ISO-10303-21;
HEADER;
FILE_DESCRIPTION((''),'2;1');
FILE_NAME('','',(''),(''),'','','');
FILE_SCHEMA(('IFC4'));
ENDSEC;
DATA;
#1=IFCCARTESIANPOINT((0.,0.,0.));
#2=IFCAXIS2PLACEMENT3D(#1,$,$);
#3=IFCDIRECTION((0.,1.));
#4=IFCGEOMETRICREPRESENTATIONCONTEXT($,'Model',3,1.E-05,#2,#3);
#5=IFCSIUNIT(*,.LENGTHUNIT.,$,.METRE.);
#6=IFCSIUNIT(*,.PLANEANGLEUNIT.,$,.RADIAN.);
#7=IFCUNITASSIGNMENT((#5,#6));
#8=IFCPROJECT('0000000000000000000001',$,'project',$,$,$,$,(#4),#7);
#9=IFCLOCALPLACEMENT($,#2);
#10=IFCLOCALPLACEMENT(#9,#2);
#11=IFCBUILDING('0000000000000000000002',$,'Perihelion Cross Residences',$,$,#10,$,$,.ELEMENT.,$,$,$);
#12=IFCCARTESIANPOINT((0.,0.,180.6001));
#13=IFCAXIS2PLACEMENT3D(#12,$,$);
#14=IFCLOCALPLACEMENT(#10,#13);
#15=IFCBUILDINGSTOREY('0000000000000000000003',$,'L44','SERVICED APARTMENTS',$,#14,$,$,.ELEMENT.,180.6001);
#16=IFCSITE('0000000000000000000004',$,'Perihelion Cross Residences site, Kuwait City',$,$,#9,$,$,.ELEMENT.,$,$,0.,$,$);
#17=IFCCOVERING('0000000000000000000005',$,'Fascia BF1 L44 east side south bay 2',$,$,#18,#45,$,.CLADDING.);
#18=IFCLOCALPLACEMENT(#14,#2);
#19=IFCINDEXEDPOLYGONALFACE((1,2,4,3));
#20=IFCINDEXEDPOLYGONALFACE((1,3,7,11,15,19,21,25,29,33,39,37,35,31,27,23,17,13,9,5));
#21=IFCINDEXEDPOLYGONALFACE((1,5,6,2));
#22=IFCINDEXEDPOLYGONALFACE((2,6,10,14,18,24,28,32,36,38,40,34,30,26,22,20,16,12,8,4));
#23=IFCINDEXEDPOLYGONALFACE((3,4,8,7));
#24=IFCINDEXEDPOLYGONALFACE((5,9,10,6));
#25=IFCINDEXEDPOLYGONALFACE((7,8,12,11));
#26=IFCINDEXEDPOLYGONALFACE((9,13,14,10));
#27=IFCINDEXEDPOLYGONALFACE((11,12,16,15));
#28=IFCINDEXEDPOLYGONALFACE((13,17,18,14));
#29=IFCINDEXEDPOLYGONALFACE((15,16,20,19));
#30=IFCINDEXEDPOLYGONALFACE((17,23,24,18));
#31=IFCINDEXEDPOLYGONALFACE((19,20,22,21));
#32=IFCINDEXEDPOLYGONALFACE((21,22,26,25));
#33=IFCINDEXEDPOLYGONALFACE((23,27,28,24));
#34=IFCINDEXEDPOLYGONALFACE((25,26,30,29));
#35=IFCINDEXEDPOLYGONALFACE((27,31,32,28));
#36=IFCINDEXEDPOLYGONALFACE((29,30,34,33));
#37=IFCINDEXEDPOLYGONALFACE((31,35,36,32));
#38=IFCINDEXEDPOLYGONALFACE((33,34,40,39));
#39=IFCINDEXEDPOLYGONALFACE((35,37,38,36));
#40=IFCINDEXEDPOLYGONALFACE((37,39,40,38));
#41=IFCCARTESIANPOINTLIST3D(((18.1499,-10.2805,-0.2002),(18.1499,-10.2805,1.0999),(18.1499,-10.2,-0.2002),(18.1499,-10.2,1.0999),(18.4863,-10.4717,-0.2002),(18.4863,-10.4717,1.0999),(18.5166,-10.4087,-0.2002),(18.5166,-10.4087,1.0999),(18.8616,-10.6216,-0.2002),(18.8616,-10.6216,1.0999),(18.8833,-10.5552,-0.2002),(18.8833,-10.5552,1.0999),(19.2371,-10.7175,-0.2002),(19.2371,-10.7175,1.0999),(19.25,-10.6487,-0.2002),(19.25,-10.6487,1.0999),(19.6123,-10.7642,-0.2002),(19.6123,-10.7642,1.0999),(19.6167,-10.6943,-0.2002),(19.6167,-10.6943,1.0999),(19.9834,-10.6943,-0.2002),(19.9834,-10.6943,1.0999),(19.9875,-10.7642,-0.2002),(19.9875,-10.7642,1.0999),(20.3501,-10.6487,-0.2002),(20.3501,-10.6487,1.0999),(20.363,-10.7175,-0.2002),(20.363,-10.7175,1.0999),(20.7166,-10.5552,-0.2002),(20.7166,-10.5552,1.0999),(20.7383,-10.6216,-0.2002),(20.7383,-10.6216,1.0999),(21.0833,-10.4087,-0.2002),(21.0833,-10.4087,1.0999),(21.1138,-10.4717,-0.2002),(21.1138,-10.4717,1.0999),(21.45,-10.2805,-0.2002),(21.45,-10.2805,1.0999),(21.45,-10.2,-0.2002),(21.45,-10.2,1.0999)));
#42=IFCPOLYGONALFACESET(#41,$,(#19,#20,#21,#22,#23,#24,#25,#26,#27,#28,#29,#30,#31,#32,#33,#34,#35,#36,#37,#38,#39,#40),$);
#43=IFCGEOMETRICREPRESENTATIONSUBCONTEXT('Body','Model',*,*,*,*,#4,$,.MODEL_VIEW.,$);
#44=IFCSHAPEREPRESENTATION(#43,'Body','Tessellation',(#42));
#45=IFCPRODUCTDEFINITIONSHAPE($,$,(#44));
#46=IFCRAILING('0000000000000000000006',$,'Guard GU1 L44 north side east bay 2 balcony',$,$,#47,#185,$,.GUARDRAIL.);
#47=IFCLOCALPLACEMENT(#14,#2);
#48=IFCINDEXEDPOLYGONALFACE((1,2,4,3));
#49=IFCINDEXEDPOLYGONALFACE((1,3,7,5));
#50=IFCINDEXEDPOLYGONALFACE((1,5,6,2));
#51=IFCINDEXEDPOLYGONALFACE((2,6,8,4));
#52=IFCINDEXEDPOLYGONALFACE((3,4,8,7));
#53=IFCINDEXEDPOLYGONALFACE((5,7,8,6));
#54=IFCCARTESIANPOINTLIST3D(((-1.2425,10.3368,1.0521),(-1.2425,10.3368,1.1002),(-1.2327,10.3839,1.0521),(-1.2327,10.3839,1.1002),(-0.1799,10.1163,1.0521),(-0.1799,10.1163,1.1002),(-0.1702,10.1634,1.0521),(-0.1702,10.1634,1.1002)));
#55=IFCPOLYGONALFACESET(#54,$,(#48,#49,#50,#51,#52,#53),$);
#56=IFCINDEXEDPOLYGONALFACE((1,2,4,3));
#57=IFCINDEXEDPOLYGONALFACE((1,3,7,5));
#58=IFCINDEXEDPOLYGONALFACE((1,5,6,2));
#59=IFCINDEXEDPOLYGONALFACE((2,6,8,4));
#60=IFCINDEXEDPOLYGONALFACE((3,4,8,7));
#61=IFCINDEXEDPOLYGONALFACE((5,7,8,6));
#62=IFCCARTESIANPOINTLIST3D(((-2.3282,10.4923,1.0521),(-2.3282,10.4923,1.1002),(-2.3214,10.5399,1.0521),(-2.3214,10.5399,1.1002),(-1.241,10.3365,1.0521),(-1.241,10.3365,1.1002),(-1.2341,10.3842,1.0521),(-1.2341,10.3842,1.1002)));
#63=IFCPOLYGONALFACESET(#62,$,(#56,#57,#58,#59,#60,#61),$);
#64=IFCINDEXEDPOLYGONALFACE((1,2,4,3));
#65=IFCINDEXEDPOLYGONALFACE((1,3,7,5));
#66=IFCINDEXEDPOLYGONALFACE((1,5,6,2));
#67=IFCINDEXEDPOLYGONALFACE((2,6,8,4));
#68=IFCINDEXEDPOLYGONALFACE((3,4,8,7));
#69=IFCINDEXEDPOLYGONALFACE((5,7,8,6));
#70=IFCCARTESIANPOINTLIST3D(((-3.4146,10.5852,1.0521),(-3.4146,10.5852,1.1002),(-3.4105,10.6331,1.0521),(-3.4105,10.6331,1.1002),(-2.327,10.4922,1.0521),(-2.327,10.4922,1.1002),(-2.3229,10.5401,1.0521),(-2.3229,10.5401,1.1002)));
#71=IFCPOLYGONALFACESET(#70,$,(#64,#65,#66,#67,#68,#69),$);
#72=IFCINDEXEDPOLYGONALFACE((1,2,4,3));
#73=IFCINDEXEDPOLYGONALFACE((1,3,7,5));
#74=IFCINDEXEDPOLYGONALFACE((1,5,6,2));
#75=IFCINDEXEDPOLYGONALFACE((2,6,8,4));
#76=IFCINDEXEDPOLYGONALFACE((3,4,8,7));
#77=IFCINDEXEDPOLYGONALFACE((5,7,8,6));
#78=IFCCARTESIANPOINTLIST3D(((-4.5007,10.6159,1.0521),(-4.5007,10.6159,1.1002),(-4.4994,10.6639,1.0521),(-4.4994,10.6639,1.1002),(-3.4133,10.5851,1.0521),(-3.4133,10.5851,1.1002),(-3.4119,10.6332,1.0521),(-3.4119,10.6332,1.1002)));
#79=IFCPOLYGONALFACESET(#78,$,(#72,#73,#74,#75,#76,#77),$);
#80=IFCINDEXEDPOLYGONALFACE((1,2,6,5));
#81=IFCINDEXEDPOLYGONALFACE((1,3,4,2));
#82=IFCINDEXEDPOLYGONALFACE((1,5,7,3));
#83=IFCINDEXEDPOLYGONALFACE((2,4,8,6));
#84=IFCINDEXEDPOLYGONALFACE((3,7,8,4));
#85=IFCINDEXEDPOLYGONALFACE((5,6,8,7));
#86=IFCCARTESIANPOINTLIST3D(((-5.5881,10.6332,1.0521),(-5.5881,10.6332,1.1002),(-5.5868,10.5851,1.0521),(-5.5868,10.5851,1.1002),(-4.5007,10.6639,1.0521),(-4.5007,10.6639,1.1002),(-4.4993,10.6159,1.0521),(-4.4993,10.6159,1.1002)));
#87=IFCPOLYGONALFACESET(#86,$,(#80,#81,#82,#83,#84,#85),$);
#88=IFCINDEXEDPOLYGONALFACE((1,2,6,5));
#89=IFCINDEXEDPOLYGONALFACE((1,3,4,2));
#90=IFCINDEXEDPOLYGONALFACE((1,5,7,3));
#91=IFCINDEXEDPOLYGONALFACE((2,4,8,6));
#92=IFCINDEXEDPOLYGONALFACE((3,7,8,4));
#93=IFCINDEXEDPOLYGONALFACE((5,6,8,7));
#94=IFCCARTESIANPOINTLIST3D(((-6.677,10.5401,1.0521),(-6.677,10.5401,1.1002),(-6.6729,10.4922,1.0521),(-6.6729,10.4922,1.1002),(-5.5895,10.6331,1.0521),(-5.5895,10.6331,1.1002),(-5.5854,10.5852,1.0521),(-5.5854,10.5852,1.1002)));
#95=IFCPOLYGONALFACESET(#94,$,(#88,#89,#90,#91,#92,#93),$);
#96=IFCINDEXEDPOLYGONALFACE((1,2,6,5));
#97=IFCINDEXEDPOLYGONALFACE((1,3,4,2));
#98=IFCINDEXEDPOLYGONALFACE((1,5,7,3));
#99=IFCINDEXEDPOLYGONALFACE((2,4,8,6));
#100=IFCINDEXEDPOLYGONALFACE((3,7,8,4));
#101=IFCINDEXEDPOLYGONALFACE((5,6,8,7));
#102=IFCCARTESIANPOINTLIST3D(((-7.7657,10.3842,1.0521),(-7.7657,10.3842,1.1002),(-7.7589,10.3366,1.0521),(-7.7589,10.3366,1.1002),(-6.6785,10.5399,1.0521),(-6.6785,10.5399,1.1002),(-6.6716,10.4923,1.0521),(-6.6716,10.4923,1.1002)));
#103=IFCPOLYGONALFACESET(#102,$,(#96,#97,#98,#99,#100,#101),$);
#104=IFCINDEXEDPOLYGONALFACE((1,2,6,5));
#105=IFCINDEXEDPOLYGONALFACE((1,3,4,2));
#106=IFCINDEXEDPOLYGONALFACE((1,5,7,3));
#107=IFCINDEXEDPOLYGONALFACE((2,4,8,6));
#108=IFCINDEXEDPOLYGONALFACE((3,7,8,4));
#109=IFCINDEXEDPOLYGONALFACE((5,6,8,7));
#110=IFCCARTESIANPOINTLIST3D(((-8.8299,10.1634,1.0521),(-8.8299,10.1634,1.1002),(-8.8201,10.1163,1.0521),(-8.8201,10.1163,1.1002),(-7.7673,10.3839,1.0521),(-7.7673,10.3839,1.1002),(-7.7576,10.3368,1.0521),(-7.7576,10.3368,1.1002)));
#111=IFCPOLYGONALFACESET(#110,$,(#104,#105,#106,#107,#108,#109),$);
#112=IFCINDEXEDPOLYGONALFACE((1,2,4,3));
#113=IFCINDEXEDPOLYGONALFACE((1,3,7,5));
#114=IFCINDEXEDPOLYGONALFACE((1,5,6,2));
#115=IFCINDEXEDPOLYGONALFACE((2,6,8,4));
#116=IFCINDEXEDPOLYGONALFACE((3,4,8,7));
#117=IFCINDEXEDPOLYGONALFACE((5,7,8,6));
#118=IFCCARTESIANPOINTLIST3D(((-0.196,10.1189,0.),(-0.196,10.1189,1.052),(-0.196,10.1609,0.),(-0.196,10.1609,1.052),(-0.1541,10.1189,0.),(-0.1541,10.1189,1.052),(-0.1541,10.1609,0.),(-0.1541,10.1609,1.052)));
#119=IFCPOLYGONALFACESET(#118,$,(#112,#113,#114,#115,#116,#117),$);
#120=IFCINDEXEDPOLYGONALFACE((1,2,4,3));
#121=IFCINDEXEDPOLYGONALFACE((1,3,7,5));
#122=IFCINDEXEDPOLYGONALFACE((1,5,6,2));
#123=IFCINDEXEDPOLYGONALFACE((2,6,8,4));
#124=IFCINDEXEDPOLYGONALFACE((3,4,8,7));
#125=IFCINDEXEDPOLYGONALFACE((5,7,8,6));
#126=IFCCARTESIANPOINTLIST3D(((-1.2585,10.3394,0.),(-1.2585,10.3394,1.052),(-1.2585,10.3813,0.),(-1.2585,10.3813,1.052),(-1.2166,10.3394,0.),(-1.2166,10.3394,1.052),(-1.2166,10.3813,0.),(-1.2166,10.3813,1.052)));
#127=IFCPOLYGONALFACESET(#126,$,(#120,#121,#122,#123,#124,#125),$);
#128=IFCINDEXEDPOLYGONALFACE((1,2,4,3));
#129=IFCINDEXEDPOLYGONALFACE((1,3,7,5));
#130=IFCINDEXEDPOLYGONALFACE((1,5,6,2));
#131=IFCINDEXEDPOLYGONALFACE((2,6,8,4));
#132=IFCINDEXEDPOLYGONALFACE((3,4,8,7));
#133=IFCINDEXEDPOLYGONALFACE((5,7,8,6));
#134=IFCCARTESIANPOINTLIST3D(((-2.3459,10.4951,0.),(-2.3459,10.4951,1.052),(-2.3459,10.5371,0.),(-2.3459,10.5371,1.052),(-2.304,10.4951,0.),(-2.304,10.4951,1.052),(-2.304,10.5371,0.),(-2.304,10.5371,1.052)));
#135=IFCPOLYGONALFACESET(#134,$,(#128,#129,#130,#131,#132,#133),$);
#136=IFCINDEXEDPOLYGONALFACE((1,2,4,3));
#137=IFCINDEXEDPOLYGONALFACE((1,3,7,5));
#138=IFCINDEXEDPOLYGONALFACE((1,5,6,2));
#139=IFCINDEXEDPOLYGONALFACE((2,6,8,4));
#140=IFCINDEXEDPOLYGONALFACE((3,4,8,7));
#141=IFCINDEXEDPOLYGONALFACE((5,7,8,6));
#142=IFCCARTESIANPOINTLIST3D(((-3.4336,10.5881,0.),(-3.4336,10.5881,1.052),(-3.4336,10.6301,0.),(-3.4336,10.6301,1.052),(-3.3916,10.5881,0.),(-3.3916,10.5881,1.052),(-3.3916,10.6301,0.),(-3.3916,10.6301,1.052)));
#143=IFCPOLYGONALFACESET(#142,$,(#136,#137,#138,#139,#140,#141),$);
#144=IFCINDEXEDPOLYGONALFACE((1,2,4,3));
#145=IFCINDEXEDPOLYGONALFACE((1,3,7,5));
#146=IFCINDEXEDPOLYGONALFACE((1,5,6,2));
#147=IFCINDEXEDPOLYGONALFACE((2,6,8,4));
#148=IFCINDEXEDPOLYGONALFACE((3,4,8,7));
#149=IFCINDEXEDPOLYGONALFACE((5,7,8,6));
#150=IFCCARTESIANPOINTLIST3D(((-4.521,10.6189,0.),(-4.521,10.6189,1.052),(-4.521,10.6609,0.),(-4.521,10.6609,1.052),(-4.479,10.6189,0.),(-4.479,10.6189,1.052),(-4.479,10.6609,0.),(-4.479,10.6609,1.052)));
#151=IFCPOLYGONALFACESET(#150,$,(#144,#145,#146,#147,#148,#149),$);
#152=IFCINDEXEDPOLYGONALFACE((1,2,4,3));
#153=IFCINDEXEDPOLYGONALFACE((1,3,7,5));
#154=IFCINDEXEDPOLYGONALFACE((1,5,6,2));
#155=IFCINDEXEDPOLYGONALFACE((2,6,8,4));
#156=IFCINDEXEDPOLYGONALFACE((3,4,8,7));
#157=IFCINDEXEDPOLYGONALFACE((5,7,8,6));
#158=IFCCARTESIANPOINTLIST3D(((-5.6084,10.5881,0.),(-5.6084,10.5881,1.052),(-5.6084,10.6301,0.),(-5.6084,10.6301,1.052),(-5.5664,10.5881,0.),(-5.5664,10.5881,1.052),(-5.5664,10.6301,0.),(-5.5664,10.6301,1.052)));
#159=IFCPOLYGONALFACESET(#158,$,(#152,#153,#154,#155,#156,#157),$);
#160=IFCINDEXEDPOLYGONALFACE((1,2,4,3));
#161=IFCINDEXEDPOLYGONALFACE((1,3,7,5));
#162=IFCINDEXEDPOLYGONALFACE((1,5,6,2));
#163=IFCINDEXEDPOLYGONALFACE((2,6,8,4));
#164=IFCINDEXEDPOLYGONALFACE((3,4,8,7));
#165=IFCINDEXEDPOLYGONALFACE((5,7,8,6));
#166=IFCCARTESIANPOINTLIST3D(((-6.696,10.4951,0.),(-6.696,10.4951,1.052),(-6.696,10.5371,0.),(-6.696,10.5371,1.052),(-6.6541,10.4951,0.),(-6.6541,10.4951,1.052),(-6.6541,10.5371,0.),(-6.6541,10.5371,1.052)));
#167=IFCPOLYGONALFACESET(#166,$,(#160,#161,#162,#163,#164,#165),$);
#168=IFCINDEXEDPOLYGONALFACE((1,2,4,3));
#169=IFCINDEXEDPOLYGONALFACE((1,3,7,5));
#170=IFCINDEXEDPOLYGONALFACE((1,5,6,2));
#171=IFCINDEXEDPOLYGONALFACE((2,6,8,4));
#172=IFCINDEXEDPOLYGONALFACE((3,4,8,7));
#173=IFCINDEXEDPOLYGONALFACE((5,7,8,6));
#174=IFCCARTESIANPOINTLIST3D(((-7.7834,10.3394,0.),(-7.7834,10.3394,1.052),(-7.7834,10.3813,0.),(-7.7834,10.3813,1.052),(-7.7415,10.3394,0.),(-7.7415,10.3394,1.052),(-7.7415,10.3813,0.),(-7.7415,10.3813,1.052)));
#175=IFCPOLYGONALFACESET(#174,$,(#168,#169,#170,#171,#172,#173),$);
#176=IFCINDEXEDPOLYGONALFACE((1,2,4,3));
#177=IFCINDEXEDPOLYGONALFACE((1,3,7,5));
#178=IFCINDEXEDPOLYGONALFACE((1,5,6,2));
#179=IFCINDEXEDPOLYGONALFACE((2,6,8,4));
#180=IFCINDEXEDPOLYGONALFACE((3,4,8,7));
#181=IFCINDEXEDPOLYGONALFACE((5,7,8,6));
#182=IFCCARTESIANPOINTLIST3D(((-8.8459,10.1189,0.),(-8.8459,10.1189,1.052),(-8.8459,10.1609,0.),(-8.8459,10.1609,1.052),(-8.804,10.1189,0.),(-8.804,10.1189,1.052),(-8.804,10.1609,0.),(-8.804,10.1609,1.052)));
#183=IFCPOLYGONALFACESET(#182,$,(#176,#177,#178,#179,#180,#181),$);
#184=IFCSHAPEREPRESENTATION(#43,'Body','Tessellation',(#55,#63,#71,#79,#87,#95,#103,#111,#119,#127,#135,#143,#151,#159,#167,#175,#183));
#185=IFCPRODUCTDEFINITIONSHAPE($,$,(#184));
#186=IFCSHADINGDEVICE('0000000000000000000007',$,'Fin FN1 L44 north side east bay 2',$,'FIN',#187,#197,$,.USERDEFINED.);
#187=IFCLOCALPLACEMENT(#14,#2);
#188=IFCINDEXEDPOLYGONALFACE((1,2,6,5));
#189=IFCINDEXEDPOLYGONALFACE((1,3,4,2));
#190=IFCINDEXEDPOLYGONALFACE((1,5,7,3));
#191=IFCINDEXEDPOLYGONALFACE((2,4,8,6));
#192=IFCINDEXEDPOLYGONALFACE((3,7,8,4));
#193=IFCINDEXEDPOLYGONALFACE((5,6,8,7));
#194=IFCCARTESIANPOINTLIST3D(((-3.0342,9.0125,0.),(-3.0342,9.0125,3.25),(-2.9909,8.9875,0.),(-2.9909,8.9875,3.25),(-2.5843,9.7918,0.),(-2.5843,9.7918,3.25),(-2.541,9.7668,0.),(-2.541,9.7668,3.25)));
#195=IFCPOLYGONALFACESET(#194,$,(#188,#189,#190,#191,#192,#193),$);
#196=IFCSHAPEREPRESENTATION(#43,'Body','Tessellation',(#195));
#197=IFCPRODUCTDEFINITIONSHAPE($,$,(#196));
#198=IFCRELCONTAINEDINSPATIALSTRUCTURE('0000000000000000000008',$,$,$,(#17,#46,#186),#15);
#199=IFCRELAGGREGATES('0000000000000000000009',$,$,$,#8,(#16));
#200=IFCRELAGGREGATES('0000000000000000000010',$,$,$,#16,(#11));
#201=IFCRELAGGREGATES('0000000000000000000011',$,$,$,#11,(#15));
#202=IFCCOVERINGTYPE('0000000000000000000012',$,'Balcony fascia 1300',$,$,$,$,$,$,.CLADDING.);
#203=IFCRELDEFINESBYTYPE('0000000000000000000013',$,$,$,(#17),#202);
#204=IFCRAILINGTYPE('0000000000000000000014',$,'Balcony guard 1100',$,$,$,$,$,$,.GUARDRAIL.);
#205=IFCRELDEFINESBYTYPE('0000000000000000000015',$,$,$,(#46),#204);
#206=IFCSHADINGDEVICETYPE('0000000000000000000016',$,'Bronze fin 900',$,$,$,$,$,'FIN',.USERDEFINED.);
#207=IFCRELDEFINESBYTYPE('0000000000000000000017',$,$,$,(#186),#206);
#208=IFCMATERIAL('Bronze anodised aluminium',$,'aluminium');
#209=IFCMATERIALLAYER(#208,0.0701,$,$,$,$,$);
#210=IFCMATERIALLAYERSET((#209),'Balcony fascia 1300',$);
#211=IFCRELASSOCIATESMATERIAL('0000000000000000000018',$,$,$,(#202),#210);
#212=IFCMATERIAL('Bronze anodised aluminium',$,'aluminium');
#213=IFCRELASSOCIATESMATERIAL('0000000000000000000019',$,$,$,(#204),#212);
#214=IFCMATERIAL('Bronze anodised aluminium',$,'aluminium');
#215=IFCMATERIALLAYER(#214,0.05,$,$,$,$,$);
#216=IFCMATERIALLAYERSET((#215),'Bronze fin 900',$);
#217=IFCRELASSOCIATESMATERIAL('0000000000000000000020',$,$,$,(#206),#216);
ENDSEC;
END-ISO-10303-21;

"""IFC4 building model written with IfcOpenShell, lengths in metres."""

from ifc_helpers import new_model, si_unit, direction, frame, origin, origin_2d, place, context, subcontext, project, spatial, polyline, rectangle, outline, extrude, material, layer, layer_set, type_object, element, save


model = new_model("IFC4")

# Units and contexts
model_context = context("Model", 3, precision=1e-05, world=origin(), true_north=direction((0.0, 1.0)))
body_context = subcontext(model_context, "Body", "Model", "MODEL_VIEW")
ifc_project = project(units=[si_unit("LENGTHUNIT", "METRE"), si_unit("PLANEANGLEUNIT", "RADIAN")], contexts=[model_context])

# Site, building, storey
site_placement = place(None, origin())
site = spatial("IfcSite", under=ifc_project, at=site_placement, Name="Perihelion Cross Residences site, Kuwait City", CompositionType="ELEMENT", RefElevation=0.0)
building_placement = place(site_placement, origin())
building = spatial("IfcBuilding", under=site, at=building_placement, Name="Perihelion Cross Residences", CompositionType="ELEMENT")
storey_placement = place(building_placement, frame((0.0, 0.0, 180.6001)))
storey = spatial("IfcBuildingStorey", under=building, at=storey_placement, Name="L44", Description="SERVICED APARTMENTS", CompositionType="ELEMENT", Elevation=180.6001)

# Covering
ifc_material_1 = material(Name="Bronze anodised aluminium", Category="aluminium")
ifc_layer_1 = layer(ifc_material_1, 0.0701)
ifc_layer_set_1 = layer_set([ifc_layer_1], Name="Balcony fascia 1300")
covering_type = type_object("IfcCoveringType", Name="Balcony fascia 1300", PredefinedType="CLADDING", material=ifc_layer_set_1)
covering_placement = place(storey_placement, frame((0.0, 0.0, -0.2002)))
element("IfcCovering", 1, at=covering_placement, inside=storey, type_object=covering_type, Name="Fascia BF1 L44 east side south bay 2", PredefinedType="CLADDING", context=body_context, shape_type="SweptSolid", body=[
    extrude(outline(polyline([(18.4863, -10.4717), (18.8616, -10.6216), (19.2371, -10.7175), (19.6123, -10.7642), (19.9875, -10.7642), (20.363, -10.7175), (20.7383, -10.6216), (21.1138, -10.4717), (21.45, -10.2805), (21.45, -10.2), (21.0833, -10.4087), (20.7166, -10.5552), (20.3501, -10.6487), (19.9834, -10.6943), (19.6167, -10.6943), (19.25, -10.6487), (18.8833, -10.5552), (18.5166, -10.4087), (18.1499, -10.2), (18.1499, -10.2805), (18.4863, -10.4717)])), origin(), (0.0, 0.0, 1.0), 1.3),
])

# Railing
ifc_material_2 = material(Name="Bronze anodised aluminium", Category="aluminium")
railing_type = type_object("IfcRailingType", Name="Balcony guard 1100", PredefinedType="GUARDRAIL", material=ifc_material_2)
railing_placement = place(storey_placement, frame((-0.175, 10.1399, 0.0)))
element("IfcRailing", 2, at=railing_placement, inside=storey, type_object=railing_type, Name="Guard GU1 L44 north side east bay 2 balcony", PredefinedType="GUARDRAIL", context=body_context, shape_type="SweptSolid", body=[
    extrude(rectangle(XDim=0.0481, YDim=0.0481, at=origin_2d()), frame((0.0, 0.0, 1.0762), z_axis=(-0.979145, 0.203164, 0.0), x_axis=(-0.203164, -0.979145, 0.0)), (0.0, 0.0, 1.0), 1.0852),
    extrude(rectangle(XDim=0.0481, YDim=0.0481, at=origin_2d()), frame((-1.0625, 0.2205, 1.0762), z_axis=(-0.989896, 0.141795, 0.0), x_axis=(-0.141795, -0.989896, 0.0)), (0.0, 0.0, 1.0), 1.0984),
    extrude(rectangle(XDim=0.0481, YDim=0.0481, at=origin_2d()), frame((-2.1499, 0.3762, 1.0762), z_axis=(-0.996363, 0.085211, 0.0), x_axis=(-0.085211, -0.996363, 0.0)), (0.0, 0.0, 1.0), 1.0916),
    extrude(rectangle(XDim=0.0481, YDim=0.0481, at=origin_2d()), frame((-3.2375, 0.4692, 1.0762), z_axis=(-0.9996, 0.028278, 0.0), x_axis=(-0.028278, -0.9996, 0.0)), (0.0, 0.0, 1.0), 1.0879),
    extrude(rectangle(XDim=0.0481, YDim=0.0481, at=origin_2d()), frame((-4.325, 0.5, 1.0762), z_axis=(-0.9996, -0.028278, 0.0), x_axis=(0.028278, -0.9996, 0.0)), (0.0, 0.0, 1.0), 1.0879),
    extrude(rectangle(XDim=0.0481, YDim=0.0481, at=origin_2d()), frame((-5.4124, 0.4692, 1.0762), z_axis=(-0.996363, -0.085211, 0.0), x_axis=(0.085211, -0.996363, 0.0)), (0.0, 0.0, 1.0), 1.0916),
    extrude(rectangle(XDim=0.0481, YDim=0.0481, at=origin_2d()), frame((-6.5, 0.3762, 1.0762), z_axis=(-0.989896, -0.141795, 0.0), x_axis=(0.141795, -0.989896, 0.0)), (0.0, 0.0, 1.0), 1.0984),
    extrude(rectangle(XDim=0.0481, YDim=0.0481, at=origin_2d()), frame((-7.5874, 0.2205, 1.0762), z_axis=(-0.979145, -0.203164, 0.0), x_axis=(0.203164, -0.979145, 0.0)), (0.0, 0.0, 1.0), 1.0852),
    extrude(rectangle(XDim=0.042, YDim=0.042, at=origin_2d()), origin(), (0.0, 0.0, 1.0), 1.052),
    extrude(rectangle(XDim=0.042, YDim=0.042, at=origin_2d()), frame((-1.0625, 0.2205, 0.0)), (0.0, 0.0, 1.0), 1.052),
    extrude(rectangle(XDim=0.042, YDim=0.042, at=origin_2d()), frame((-2.1499, 0.3762, 0.0)), (0.0, 0.0, 1.0), 1.052),
    extrude(rectangle(XDim=0.042, YDim=0.042, at=origin_2d()), frame((-3.2375, 0.4692, 0.0)), (0.0, 0.0, 1.0), 1.052),
    extrude(rectangle(XDim=0.042, YDim=0.042, at=origin_2d()), frame((-4.325, 0.5, 0.0)), (0.0, 0.0, 1.0), 1.052),
    extrude(rectangle(XDim=0.042, YDim=0.042, at=origin_2d()), frame((-5.4124, 0.4692, 0.0)), (0.0, 0.0, 1.0), 1.052),
    extrude(rectangle(XDim=0.042, YDim=0.042, at=origin_2d()), frame((-6.5, 0.3762, 0.0)), (0.0, 0.0, 1.0), 1.052),
    extrude(rectangle(XDim=0.042, YDim=0.042, at=origin_2d()), frame((-7.5874, 0.2205, 0.0)), (0.0, 0.0, 1.0), 1.052),
    extrude(rectangle(XDim=0.042, YDim=0.042, at=origin_2d()), frame((-8.6499, 0.0, 0.0)), (0.0, 0.0, 1.0), 1.052),
])

# Shading device
ifc_material_3 = material(Name="Bronze anodised aluminium", Category="aluminium")
ifc_layer_2 = layer(ifc_material_3, 0.05)
ifc_layer_set_2 = layer_set([ifc_layer_2], Name="Bronze fin 900")
shading_device_type = type_object("IfcShadingDeviceType", Name="Bronze fin 900", ElementType="FIN", PredefinedType="USERDEFINED", material=ifc_layer_set_2)
shading_device_placement = place(storey_placement, frame((-2.7876, 9.3896, 0.0), z_axis=(0.0, 0.0, 1.0), x_axis=(0.5, 0.866025, 0.0)))
element("IfcShadingDevice", 3, at=shading_device_placement, inside=storey, type_object=shading_device_type, Name="Fin FN1 L44 north side east bay 2", ObjectType="FIN", PredefinedType="USERDEFINED", context=body_context, shape_type="SweptSolid", body=[
    extrude(rectangle(XDim=0.8999, YDim=0.05, at=origin_2d()), origin(), (0.0, 0.0, 1.0), 3.25),
])

save(model, "model.ifc")
